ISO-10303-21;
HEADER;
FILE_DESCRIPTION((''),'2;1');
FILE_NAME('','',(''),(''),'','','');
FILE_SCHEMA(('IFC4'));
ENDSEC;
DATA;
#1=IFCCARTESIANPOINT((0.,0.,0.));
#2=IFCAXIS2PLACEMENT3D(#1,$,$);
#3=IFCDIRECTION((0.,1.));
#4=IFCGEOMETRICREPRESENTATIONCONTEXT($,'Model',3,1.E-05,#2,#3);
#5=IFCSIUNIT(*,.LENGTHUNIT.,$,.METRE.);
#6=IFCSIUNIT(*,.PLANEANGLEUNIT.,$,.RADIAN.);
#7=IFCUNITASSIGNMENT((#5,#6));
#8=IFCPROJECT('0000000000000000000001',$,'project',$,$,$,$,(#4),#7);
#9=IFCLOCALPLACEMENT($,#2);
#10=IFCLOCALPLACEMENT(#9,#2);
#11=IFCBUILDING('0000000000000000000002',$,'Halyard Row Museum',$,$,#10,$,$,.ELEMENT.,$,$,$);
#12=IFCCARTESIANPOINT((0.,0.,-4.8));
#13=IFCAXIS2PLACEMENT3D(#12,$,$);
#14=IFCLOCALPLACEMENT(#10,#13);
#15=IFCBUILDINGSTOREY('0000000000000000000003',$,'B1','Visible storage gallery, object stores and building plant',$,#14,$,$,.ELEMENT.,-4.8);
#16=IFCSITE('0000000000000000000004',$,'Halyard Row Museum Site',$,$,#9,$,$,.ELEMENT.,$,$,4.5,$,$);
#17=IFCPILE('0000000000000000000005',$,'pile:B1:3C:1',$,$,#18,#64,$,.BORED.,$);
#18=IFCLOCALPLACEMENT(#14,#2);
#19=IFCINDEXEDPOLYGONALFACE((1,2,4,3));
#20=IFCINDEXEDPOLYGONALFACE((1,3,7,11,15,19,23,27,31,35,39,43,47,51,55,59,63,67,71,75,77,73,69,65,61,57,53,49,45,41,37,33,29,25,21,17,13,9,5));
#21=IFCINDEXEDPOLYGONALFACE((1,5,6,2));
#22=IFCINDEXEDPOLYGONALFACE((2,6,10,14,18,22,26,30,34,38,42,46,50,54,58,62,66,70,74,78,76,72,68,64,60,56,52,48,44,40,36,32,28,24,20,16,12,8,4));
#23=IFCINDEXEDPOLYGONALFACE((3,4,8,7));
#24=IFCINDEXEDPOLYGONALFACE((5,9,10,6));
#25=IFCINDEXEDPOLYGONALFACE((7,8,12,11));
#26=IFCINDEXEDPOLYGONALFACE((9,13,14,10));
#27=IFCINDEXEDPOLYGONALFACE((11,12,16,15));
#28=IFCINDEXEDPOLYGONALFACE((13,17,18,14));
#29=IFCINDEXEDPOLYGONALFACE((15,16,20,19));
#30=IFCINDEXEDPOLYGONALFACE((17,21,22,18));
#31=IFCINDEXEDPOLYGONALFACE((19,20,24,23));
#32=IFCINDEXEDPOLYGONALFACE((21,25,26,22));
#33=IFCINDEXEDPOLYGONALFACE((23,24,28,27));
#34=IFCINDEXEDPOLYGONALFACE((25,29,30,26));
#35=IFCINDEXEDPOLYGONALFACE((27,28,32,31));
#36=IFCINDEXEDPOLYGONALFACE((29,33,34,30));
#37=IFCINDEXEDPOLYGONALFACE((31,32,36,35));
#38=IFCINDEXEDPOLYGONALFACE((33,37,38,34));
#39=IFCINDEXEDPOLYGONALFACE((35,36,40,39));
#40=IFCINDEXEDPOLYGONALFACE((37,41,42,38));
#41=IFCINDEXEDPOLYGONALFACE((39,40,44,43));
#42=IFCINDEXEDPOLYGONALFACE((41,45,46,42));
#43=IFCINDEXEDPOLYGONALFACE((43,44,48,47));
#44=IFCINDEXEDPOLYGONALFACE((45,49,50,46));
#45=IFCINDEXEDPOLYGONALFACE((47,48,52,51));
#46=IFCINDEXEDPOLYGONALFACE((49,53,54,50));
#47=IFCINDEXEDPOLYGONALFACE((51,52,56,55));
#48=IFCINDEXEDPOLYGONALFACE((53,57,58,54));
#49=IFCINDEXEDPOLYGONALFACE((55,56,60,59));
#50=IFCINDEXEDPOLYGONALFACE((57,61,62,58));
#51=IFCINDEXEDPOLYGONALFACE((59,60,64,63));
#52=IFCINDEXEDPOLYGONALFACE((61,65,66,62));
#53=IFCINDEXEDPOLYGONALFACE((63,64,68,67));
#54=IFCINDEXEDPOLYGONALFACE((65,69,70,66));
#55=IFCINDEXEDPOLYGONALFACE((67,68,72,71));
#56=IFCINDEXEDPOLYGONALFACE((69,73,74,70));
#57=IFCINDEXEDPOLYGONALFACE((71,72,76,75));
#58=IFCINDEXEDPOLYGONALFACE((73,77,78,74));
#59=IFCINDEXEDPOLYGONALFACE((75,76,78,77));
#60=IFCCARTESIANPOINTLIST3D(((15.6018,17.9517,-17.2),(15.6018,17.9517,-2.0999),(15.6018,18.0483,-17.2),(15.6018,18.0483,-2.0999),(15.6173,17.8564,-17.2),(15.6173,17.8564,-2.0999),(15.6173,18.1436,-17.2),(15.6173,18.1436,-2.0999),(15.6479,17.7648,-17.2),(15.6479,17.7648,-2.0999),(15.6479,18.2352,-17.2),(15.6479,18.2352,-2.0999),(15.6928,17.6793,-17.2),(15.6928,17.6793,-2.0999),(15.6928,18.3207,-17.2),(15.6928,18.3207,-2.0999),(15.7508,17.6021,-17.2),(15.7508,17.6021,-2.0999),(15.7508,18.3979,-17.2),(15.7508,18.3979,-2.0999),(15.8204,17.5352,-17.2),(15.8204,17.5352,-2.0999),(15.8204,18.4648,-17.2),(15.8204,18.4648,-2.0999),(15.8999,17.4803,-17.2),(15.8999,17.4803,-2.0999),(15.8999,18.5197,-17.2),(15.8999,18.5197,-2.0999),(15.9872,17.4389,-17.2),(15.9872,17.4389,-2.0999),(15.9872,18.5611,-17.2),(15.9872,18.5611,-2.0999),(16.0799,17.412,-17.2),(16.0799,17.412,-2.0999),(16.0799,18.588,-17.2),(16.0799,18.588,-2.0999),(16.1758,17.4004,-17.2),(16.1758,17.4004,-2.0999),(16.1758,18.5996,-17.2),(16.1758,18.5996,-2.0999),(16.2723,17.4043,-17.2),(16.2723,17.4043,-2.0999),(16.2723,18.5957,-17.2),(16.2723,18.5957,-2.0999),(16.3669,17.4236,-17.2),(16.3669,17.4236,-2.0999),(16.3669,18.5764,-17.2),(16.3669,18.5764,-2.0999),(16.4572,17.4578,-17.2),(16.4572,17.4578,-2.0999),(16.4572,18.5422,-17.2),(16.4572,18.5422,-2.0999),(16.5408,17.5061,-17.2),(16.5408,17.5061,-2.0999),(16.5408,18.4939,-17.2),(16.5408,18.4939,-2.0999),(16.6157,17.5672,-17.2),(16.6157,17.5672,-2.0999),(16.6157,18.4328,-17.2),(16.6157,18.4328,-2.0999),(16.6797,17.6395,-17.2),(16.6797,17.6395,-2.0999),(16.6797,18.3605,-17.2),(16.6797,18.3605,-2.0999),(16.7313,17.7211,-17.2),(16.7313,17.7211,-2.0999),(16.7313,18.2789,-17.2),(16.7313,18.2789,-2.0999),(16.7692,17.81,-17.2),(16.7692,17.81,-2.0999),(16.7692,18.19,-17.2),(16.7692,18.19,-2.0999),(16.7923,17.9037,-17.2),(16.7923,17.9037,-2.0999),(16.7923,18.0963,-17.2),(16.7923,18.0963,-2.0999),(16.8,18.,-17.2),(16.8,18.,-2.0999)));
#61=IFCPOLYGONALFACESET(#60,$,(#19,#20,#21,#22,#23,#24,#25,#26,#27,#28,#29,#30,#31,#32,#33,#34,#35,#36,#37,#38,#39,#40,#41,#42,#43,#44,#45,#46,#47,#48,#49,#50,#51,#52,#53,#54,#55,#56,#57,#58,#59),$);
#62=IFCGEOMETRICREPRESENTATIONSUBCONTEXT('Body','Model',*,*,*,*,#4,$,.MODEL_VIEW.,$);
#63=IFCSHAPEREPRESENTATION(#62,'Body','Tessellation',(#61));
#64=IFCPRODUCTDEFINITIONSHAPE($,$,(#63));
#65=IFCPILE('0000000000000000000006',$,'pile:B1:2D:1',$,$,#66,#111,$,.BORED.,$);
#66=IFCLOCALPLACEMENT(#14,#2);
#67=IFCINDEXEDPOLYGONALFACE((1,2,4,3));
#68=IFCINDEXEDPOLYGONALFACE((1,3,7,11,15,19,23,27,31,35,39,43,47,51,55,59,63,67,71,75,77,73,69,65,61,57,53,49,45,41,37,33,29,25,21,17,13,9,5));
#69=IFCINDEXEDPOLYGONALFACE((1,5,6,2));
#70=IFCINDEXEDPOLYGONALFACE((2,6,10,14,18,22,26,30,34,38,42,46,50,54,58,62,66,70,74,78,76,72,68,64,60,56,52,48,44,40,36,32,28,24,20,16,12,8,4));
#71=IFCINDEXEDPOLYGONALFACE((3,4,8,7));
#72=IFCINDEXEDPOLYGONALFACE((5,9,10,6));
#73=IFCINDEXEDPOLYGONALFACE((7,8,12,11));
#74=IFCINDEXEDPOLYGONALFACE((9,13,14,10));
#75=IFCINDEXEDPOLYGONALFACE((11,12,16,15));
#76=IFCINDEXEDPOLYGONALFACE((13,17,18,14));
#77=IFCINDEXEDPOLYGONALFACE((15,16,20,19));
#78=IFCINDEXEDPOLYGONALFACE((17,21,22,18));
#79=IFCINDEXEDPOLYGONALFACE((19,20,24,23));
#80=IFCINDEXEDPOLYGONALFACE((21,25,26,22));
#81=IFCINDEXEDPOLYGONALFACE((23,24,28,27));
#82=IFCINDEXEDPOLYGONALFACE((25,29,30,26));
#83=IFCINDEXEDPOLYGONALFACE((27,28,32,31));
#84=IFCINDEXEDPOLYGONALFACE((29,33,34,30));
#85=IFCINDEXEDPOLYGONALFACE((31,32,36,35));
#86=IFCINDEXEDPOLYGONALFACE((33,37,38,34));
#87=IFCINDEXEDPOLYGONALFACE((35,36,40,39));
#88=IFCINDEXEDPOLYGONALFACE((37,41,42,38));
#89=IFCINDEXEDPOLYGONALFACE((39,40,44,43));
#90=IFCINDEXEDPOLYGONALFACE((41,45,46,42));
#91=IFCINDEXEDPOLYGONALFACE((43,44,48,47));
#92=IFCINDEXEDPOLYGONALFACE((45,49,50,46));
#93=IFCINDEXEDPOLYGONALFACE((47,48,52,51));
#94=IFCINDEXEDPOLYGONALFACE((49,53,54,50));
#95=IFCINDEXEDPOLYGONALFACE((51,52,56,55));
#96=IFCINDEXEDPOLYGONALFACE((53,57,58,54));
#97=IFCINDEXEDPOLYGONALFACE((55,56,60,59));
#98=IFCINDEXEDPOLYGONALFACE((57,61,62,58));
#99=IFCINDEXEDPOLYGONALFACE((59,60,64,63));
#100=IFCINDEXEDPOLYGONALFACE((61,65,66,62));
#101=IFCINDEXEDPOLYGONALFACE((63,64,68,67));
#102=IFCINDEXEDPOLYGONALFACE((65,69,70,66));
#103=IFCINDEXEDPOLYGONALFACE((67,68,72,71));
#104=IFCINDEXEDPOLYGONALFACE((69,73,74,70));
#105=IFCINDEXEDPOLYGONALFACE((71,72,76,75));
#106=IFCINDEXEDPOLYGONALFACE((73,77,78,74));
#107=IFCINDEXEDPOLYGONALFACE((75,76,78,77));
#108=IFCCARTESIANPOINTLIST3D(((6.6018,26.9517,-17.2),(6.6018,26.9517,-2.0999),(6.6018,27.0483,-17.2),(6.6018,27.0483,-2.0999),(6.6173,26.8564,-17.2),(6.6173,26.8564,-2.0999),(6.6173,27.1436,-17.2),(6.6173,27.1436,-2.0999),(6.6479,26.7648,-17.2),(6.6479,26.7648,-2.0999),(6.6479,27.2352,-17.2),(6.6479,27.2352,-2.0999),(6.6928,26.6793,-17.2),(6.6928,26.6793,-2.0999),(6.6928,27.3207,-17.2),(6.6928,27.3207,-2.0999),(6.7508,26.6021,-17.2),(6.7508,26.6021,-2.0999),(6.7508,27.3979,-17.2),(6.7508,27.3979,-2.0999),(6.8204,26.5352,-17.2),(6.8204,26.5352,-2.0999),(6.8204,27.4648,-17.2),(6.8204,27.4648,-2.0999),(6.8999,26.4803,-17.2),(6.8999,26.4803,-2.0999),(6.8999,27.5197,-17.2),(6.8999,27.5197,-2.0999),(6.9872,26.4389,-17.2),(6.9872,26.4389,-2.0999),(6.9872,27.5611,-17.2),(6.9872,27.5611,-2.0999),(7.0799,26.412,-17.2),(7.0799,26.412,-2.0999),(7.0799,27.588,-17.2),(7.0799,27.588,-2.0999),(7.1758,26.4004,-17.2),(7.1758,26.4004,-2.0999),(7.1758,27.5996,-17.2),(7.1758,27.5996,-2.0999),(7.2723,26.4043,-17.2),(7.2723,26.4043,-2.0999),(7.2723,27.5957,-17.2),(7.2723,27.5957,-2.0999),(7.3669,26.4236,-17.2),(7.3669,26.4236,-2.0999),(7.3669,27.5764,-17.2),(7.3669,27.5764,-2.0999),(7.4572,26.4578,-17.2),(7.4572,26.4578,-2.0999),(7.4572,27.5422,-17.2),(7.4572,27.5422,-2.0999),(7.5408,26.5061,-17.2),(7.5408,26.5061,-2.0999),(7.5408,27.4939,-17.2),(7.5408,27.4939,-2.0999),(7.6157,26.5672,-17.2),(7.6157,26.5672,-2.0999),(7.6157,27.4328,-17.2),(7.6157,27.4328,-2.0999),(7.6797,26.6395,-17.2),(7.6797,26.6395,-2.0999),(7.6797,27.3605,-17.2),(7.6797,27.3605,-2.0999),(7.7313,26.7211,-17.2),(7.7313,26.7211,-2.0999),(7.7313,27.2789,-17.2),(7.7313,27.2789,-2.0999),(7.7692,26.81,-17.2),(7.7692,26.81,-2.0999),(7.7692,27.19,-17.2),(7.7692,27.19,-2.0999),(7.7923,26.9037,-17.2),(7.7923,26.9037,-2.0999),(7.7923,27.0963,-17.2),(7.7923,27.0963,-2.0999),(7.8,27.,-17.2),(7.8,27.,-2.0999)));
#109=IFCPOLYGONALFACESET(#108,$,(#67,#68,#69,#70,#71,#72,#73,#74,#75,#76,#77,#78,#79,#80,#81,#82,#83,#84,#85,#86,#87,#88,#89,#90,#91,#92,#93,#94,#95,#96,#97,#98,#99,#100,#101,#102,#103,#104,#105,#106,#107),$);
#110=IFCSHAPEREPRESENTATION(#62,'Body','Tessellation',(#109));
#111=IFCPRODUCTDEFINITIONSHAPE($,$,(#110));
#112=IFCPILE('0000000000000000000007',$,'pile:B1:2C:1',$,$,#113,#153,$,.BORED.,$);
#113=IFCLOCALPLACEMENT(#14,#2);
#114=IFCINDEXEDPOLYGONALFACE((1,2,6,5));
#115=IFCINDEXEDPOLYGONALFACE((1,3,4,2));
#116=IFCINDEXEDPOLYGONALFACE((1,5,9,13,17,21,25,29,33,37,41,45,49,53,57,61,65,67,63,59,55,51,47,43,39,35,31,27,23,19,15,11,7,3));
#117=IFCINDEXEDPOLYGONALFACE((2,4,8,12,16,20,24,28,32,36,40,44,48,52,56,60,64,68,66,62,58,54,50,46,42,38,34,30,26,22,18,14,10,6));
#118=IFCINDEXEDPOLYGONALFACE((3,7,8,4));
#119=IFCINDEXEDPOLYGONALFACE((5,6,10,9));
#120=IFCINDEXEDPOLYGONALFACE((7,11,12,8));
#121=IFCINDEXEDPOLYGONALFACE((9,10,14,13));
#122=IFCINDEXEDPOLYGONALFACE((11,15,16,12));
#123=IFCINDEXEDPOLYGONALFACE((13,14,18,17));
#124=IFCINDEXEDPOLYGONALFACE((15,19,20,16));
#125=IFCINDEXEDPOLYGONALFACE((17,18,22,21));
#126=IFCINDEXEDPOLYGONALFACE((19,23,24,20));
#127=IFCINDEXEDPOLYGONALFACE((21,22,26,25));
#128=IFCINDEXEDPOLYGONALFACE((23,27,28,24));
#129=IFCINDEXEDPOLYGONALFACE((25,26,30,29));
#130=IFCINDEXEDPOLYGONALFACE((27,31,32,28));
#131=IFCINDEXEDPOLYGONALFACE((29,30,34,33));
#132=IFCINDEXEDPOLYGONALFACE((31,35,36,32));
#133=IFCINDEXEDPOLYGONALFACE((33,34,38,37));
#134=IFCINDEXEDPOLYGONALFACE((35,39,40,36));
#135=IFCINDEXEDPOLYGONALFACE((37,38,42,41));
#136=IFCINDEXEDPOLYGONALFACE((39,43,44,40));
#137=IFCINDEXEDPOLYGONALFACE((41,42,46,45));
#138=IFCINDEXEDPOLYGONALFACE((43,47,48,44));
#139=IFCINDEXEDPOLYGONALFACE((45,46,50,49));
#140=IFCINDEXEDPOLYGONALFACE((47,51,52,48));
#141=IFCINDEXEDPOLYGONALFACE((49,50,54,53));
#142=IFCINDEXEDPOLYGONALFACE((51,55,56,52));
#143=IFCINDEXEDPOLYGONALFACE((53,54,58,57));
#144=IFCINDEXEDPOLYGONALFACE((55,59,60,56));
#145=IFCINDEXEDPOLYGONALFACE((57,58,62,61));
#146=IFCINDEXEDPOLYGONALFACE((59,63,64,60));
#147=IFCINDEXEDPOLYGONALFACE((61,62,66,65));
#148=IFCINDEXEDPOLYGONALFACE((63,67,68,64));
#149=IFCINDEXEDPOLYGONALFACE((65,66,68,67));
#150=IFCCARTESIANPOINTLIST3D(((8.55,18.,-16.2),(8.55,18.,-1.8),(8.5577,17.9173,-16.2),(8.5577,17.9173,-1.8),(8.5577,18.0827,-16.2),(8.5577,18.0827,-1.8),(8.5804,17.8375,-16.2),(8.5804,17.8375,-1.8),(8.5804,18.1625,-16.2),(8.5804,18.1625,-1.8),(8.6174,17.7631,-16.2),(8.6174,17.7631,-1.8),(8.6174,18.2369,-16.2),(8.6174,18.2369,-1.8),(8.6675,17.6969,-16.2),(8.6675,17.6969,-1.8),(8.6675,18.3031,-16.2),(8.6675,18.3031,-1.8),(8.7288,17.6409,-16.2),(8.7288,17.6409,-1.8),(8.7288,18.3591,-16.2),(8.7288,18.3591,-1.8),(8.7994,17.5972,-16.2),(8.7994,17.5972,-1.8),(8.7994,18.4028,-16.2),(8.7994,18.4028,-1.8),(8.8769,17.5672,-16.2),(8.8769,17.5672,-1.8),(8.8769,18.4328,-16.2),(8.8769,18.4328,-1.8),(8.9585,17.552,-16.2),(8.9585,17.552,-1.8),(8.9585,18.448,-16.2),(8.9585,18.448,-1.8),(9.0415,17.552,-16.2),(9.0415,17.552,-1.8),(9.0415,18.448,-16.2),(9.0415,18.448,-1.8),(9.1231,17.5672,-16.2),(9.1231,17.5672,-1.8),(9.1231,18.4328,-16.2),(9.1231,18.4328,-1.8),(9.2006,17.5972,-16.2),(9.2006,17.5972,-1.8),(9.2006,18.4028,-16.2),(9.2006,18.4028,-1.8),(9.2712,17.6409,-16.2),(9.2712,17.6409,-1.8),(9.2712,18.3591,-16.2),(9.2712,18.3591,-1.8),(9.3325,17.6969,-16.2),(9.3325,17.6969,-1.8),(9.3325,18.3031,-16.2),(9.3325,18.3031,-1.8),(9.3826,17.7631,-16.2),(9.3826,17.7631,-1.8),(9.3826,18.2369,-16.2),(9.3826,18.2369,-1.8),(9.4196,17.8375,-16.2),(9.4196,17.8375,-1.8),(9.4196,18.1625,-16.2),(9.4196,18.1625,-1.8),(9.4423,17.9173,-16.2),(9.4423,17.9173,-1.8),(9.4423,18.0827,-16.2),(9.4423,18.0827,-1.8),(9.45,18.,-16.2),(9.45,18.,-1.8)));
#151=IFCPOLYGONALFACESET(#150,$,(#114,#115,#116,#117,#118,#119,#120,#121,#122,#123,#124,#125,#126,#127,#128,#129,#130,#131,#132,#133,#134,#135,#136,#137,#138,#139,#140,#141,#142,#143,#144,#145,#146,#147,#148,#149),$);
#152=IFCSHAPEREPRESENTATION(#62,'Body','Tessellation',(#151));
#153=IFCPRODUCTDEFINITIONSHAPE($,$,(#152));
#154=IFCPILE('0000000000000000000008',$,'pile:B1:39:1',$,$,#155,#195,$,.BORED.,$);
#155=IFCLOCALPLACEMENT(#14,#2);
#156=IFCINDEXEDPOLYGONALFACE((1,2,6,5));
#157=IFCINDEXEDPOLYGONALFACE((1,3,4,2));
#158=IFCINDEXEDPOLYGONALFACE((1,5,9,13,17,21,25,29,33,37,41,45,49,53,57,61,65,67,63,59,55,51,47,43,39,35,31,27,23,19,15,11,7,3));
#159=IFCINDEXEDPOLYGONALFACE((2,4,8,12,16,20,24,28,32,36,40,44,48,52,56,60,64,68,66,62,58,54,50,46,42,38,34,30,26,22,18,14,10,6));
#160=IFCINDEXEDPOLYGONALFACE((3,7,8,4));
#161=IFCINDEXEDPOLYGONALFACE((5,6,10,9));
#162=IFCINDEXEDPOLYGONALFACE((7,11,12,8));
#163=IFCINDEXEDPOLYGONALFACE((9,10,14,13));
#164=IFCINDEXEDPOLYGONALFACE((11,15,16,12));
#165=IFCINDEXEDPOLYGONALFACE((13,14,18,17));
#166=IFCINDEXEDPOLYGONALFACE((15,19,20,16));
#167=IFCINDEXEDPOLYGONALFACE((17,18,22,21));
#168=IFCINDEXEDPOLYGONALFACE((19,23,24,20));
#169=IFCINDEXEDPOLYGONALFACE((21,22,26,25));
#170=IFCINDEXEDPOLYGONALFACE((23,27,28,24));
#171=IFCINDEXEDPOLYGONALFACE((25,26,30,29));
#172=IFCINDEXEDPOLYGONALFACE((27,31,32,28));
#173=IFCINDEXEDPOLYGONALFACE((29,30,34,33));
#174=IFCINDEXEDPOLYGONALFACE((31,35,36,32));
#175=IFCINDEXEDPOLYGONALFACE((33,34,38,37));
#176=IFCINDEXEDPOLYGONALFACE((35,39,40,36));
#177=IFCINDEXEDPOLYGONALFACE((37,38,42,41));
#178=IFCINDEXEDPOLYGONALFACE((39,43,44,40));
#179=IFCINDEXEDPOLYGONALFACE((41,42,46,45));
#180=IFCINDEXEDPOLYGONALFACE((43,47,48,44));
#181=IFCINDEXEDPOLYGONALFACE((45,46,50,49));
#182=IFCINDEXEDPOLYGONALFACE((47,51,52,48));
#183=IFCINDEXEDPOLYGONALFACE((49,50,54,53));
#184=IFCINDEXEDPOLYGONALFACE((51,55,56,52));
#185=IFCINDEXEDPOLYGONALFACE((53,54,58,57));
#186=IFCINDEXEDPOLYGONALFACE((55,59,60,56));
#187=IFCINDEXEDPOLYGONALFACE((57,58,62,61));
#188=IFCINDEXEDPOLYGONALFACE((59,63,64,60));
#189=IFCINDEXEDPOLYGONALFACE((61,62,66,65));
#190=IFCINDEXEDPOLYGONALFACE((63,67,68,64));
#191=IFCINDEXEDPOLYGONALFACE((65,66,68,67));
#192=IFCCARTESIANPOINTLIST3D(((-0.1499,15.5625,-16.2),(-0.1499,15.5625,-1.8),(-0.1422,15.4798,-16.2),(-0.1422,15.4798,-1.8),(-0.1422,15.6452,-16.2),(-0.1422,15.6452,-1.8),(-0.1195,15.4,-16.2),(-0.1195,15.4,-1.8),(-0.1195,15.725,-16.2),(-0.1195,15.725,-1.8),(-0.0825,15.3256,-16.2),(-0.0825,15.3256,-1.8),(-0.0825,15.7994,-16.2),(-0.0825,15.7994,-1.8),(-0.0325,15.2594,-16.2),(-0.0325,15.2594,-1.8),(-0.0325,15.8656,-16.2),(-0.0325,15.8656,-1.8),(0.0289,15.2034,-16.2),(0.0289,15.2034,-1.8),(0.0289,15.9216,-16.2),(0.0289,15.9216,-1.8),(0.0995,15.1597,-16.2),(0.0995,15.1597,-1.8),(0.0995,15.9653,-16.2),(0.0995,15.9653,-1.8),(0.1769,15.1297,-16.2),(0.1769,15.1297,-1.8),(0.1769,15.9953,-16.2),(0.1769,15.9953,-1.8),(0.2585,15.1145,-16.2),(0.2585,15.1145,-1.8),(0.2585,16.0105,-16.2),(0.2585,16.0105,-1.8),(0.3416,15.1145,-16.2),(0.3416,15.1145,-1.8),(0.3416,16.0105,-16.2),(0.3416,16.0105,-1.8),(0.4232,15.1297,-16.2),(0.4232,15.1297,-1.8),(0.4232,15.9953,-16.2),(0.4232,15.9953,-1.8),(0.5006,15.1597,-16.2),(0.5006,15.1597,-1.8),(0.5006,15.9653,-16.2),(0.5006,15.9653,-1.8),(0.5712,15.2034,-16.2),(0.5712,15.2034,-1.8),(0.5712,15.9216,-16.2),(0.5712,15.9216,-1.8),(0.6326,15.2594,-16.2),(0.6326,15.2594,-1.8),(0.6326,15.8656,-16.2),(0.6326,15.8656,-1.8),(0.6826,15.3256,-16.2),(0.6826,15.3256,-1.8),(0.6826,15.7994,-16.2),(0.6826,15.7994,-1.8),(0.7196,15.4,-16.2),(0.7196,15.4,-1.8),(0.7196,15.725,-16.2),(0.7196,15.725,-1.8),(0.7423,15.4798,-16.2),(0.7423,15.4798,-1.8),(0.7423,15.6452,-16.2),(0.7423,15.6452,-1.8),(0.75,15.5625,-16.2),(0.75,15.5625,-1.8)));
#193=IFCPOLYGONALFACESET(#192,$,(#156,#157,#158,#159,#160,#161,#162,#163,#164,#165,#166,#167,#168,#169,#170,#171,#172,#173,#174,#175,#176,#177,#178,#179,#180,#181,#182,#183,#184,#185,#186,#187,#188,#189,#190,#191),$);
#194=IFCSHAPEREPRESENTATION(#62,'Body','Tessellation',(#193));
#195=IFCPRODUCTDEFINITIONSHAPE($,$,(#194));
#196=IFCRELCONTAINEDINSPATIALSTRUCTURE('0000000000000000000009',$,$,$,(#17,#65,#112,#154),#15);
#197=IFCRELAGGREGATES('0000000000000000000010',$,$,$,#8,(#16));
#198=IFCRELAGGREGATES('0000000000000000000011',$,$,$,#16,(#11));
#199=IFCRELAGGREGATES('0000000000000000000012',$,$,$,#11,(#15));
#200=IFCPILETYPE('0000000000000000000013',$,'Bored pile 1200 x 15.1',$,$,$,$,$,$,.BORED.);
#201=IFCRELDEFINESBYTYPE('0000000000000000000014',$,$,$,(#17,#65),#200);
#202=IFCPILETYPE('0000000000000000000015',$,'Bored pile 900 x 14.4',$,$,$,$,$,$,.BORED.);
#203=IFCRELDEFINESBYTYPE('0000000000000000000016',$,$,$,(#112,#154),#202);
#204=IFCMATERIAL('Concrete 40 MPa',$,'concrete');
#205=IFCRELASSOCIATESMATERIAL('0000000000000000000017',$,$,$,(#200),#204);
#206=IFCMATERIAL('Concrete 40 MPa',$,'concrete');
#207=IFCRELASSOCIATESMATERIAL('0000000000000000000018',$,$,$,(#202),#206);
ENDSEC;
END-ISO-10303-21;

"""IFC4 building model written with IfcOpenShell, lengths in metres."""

from ifc_helpers import new_model, si_unit, direction, frame, origin, origin_2d, place, context, subcontext, project, spatial, circle, extrude, material, material_profile, profile_set, type_object, element, save


model = new_model("IFC4")

# Units and contexts
model_context = context("Model", 3, precision=1e-05, world=origin(), true_north=direction((0.0, 1.0)))
body_context = subcontext(model_context, "Body", "Model", "MODEL_VIEW")
ifc_project = project(units=[si_unit("LENGTHUNIT", "METRE"), si_unit("PLANEANGLEUNIT", "RADIAN")], contexts=[model_context])

# Site, building, storey
site_placement = place(None, origin())
site = spatial("IfcSite", under=ifc_project, at=site_placement, Name="Halyard Row Museum Site", CompositionType="ELEMENT", RefElevation=4.5)
building_placement = place(site_placement, origin())
building = spatial("IfcBuilding", under=site, at=building_placement, Name="Halyard Row Museum", CompositionType="ELEMENT")
storey_placement = place(building_placement, frame((0.0, 0.0, -4.8)))
storey = spatial("IfcBuildingStorey", under=building, at=storey_placement, Name="B1", Description="Visible storage gallery, object stores and building plant", CompositionType="ELEMENT", Elevation=-4.8)

# Piles
ifc_material_1 = material(Name="Concrete 40 MPa", Category="concrete")
ifc_material_profile_1 = material_profile(ifc_material_1, circle(Radius=0.6001, at=origin_2d()), Name="Bored pile 1200 x 15.1")
ifc_profile_set_1 = profile_set([ifc_material_profile_1], Name="Concrete 40 MPa")
pile_type_1 = type_object("IfcPileType", Name="Bored pile 1200 x 15.1", PredefinedType="BORED", material=ifc_profile_set_1)
for number, where, z_axis, x_axis, name in (
    (1, (16.2, 18.0, -2.0999), (0.0, 0.0, -1.0), (1.0, 0.0, 0.0), "pile:B1:3C:1"),
    (2, (7.2, 27.0, -2.0999), (0.0, 0.0, -1.0), (1.0, 0.0, 0.0), "pile:B1:2D:1"),
):
    element("IfcPile", number, at=place(storey_placement, frame(where, z_axis=z_axis, x_axis=x_axis)), inside=storey, type_object=pile_type_1, Name=name, PredefinedType="BORED", context=body_context, shape_type="SweptSolid", body=[
        extrude(circle(Radius=0.6001, at=origin_2d()), origin(), (0.0, 0.0, 1.0), 15.1001),
    ])
ifc_material_2 = material(Name="Concrete 40 MPa", Category="concrete")
ifc_material_profile_2 = material_profile(ifc_material_2, circle(Radius=0.45, at=origin_2d()), Name="Bored pile 900 x 14.4")
ifc_profile_set_2 = profile_set([ifc_material_profile_2], Name="Concrete 40 MPa")
pile_type_2 = type_object("IfcPileType", Name="Bored pile 900 x 14.4", PredefinedType="BORED", material=ifc_profile_set_2)
for number, where, z_axis, x_axis, name in (
    (3, (9.0, 18.0, -1.8), (0.0, 0.0, -1.0), (1.0, 0.0, 0.0), "pile:B1:2C:1"),
    (4, (0.3, 15.5625, -1.8), (0.0, 0.0, -1.0), (1.0, 0.0, 0.0), "pile:B1:39:1"),
):
    element("IfcPile", number, at=place(storey_placement, frame(where, z_axis=z_axis, x_axis=x_axis)), inside=storey, type_object=pile_type_2, Name=name, PredefinedType="BORED", context=body_context, shape_type="SweptSolid", body=[
        extrude(circle(Radius=0.45, at=origin_2d()), origin(), (0.0, 0.0, 1.0), 14.3999),
    ])

save(model, "model.ifc")
